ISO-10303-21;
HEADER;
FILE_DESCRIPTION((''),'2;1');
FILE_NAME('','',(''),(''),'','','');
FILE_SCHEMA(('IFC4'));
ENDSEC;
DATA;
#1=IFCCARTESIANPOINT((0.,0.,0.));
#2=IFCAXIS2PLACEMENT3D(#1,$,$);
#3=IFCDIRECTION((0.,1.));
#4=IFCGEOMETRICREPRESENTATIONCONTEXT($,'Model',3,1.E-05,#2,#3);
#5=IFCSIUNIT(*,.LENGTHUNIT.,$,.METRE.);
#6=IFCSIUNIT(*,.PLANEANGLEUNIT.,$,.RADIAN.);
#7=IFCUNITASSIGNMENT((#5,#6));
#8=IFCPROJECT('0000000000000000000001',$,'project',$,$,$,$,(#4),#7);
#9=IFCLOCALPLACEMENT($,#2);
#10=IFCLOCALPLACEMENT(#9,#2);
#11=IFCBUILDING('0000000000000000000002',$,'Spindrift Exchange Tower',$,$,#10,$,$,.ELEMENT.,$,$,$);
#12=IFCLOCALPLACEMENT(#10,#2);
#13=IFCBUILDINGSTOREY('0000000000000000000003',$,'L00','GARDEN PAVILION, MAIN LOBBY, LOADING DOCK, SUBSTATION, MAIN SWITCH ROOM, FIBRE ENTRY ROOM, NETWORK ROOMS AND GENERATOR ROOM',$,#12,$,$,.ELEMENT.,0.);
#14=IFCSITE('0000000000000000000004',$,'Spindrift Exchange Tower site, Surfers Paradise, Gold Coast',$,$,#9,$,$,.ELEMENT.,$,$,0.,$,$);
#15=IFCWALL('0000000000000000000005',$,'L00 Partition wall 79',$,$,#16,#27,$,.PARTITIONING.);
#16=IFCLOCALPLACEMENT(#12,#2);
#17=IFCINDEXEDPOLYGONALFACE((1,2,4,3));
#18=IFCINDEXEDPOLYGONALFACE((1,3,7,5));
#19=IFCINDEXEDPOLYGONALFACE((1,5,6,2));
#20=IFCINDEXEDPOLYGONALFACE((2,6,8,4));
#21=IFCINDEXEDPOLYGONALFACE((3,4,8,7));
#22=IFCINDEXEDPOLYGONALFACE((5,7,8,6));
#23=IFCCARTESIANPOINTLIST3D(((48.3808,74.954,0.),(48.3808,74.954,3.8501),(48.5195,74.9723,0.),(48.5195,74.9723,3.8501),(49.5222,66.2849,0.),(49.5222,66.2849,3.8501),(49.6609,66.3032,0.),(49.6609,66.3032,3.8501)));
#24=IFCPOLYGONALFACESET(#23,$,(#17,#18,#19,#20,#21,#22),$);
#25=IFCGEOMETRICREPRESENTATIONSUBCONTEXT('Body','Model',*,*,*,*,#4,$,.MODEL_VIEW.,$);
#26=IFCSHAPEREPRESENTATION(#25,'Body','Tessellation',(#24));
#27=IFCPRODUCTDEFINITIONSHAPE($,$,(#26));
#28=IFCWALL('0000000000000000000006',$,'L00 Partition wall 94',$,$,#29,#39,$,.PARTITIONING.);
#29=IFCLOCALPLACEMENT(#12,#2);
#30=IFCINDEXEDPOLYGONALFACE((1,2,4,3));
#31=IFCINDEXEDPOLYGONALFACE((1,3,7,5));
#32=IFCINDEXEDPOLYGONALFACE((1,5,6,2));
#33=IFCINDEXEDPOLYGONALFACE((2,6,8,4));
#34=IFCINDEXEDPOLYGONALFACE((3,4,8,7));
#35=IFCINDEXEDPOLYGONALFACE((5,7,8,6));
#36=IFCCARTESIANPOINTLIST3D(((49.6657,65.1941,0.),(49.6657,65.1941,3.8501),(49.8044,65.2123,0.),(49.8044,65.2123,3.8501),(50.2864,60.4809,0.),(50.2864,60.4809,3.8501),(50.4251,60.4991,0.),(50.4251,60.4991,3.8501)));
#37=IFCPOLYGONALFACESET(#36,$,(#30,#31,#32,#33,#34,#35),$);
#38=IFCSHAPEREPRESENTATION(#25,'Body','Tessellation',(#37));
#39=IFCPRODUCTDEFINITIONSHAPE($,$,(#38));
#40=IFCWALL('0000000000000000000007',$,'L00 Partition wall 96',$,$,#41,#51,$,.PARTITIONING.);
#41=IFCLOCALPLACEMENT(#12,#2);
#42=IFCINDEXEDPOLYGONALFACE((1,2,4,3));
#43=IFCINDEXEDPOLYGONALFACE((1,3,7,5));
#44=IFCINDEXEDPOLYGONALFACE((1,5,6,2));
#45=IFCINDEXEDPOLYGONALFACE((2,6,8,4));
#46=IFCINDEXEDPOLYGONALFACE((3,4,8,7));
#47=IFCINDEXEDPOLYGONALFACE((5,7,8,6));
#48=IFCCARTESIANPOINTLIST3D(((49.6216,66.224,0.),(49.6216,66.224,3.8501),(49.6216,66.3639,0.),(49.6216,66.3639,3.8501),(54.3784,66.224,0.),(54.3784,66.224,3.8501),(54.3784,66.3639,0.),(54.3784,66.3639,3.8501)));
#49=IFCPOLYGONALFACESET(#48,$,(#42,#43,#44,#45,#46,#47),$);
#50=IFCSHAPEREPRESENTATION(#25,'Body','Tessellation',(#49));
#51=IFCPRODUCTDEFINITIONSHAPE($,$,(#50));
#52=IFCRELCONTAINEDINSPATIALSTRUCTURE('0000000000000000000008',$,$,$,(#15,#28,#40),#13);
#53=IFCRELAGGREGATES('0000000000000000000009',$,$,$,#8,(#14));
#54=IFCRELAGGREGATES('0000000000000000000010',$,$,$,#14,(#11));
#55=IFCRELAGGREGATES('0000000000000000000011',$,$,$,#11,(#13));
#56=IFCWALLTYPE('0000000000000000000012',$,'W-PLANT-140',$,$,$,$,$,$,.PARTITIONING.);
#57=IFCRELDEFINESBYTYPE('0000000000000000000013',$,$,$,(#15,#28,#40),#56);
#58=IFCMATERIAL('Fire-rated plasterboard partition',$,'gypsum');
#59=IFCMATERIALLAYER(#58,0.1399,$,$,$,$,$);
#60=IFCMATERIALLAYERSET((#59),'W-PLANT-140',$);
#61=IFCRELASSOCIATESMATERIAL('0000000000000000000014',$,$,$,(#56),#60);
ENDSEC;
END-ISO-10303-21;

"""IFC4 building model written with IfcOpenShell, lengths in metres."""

from ifc_helpers import new_model, si_unit, direction, frame, frame_2d, origin, place, context, subcontext, project, spatial, rectangle, extrude, material, layer, layer_set, type_object, element, save


model = new_model("IFC4")

# Units and contexts
model_context = context("Model", 3, precision=1e-05, world=origin(), true_north=direction((0.0, 1.0)))
body_context = subcontext(model_context, "Body", "Model", "MODEL_VIEW")
ifc_project = project(units=[si_unit("LENGTHUNIT", "METRE"), si_unit("PLANEANGLEUNIT", "RADIAN")], contexts=[model_context])

# Site, building, storey
site_placement = place(None, origin())
site = spatial("IfcSite", under=ifc_project, at=site_placement, Name="Spindrift Exchange Tower site, Surfers Paradise, Gold Coast", CompositionType="ELEMENT", RefElevation=0.0)
building_placement = place(site_placement, origin())
building = spatial("IfcBuilding", under=site, at=building_placement, Name="Spindrift Exchange Tower", CompositionType="ELEMENT")
storey_placement = place(building_placement, origin())
storey = spatial("IfcBuildingStorey", under=building, at=storey_placement, Name="L00", Description="GARDEN PAVILION, MAIN LOBBY, LOADING DOCK, SUBSTATION, MAIN SWITCH ROOM, FIBRE ENTRY ROOM, NETWORK ROOMS AND GENERATOR ROOM", CompositionType="ELEMENT", Elevation=0.0)

# Shared definitions
ifc_material_1 = material(Name="Fire-rated plasterboard partition", Category="gypsum")

# Walls
ifc_layer_1 = layer(ifc_material_1, 0.1399)
ifc_layer_set_1 = layer_set([ifc_layer_1], Name="W-PLANT-140")
wall_type_1 = type_object("IfcWallType", Name="W-PLANT-140", PredefinedType="PARTITIONING", material=ifc_layer_set_1)
wall_1_placement = place(storey_placement, frame((49.5916, 66.2939, 0.0), z_axis=(0.0, 0.0, 1.0), x_axis=(-0.13053, 0.991444, 0.0)))
element("IfcWall", 1, at=wall_1_placement, inside=storey, type_object=wall_type_1, Name="L00 Partition wall 79", PredefinedType="PARTITIONING", context=body_context, shape_type="SweptSolid", body=[
    extrude(rectangle(XDim=8.7439, YDim=0.1399, at=frame_2d((4.3721, 0.0))), origin(), (0.0, 0.0, 1.0), 3.8501),
])
wall_2_placement = place(storey_placement, frame((50.3557, 60.49, 0.0), z_axis=(0.0, 0.0, 1.0), x_axis=(-0.130549, 0.991442, 0.0)))
element("IfcWall", 2, at=wall_2_placement, inside=storey, type_object=wall_type_1, Name="L00 Partition wall 94", PredefinedType="PARTITIONING", context=body_context, shape_type="SweptSolid", body=[
    extrude(rectangle(XDim=4.7539, YDim=0.1399, at=frame_2d((2.377, 0.0))), origin(), (0.0, 0.0, 1.0), 3.8501),
])
wall_3_placement = place(storey_placement, frame((54.3784, 66.2939, 0.0), z_axis=(0.0, 0.0, 1.0), x_axis=(-1.0, 0.0, 0.0)))
element("IfcWall", 3, at=wall_3_placement, inside=storey, type_object=wall_type_1, Name="L00 Partition wall 96", PredefinedType="PARTITIONING", context=body_context, shape_type="SweptSolid", body=[
    extrude(rectangle(XDim=4.7568, YDim=0.1399, at=frame_2d((2.3784, 0.0))), origin(), (0.0, 0.0, 1.0), 3.8501),
])

save(model, "model.ifc")
